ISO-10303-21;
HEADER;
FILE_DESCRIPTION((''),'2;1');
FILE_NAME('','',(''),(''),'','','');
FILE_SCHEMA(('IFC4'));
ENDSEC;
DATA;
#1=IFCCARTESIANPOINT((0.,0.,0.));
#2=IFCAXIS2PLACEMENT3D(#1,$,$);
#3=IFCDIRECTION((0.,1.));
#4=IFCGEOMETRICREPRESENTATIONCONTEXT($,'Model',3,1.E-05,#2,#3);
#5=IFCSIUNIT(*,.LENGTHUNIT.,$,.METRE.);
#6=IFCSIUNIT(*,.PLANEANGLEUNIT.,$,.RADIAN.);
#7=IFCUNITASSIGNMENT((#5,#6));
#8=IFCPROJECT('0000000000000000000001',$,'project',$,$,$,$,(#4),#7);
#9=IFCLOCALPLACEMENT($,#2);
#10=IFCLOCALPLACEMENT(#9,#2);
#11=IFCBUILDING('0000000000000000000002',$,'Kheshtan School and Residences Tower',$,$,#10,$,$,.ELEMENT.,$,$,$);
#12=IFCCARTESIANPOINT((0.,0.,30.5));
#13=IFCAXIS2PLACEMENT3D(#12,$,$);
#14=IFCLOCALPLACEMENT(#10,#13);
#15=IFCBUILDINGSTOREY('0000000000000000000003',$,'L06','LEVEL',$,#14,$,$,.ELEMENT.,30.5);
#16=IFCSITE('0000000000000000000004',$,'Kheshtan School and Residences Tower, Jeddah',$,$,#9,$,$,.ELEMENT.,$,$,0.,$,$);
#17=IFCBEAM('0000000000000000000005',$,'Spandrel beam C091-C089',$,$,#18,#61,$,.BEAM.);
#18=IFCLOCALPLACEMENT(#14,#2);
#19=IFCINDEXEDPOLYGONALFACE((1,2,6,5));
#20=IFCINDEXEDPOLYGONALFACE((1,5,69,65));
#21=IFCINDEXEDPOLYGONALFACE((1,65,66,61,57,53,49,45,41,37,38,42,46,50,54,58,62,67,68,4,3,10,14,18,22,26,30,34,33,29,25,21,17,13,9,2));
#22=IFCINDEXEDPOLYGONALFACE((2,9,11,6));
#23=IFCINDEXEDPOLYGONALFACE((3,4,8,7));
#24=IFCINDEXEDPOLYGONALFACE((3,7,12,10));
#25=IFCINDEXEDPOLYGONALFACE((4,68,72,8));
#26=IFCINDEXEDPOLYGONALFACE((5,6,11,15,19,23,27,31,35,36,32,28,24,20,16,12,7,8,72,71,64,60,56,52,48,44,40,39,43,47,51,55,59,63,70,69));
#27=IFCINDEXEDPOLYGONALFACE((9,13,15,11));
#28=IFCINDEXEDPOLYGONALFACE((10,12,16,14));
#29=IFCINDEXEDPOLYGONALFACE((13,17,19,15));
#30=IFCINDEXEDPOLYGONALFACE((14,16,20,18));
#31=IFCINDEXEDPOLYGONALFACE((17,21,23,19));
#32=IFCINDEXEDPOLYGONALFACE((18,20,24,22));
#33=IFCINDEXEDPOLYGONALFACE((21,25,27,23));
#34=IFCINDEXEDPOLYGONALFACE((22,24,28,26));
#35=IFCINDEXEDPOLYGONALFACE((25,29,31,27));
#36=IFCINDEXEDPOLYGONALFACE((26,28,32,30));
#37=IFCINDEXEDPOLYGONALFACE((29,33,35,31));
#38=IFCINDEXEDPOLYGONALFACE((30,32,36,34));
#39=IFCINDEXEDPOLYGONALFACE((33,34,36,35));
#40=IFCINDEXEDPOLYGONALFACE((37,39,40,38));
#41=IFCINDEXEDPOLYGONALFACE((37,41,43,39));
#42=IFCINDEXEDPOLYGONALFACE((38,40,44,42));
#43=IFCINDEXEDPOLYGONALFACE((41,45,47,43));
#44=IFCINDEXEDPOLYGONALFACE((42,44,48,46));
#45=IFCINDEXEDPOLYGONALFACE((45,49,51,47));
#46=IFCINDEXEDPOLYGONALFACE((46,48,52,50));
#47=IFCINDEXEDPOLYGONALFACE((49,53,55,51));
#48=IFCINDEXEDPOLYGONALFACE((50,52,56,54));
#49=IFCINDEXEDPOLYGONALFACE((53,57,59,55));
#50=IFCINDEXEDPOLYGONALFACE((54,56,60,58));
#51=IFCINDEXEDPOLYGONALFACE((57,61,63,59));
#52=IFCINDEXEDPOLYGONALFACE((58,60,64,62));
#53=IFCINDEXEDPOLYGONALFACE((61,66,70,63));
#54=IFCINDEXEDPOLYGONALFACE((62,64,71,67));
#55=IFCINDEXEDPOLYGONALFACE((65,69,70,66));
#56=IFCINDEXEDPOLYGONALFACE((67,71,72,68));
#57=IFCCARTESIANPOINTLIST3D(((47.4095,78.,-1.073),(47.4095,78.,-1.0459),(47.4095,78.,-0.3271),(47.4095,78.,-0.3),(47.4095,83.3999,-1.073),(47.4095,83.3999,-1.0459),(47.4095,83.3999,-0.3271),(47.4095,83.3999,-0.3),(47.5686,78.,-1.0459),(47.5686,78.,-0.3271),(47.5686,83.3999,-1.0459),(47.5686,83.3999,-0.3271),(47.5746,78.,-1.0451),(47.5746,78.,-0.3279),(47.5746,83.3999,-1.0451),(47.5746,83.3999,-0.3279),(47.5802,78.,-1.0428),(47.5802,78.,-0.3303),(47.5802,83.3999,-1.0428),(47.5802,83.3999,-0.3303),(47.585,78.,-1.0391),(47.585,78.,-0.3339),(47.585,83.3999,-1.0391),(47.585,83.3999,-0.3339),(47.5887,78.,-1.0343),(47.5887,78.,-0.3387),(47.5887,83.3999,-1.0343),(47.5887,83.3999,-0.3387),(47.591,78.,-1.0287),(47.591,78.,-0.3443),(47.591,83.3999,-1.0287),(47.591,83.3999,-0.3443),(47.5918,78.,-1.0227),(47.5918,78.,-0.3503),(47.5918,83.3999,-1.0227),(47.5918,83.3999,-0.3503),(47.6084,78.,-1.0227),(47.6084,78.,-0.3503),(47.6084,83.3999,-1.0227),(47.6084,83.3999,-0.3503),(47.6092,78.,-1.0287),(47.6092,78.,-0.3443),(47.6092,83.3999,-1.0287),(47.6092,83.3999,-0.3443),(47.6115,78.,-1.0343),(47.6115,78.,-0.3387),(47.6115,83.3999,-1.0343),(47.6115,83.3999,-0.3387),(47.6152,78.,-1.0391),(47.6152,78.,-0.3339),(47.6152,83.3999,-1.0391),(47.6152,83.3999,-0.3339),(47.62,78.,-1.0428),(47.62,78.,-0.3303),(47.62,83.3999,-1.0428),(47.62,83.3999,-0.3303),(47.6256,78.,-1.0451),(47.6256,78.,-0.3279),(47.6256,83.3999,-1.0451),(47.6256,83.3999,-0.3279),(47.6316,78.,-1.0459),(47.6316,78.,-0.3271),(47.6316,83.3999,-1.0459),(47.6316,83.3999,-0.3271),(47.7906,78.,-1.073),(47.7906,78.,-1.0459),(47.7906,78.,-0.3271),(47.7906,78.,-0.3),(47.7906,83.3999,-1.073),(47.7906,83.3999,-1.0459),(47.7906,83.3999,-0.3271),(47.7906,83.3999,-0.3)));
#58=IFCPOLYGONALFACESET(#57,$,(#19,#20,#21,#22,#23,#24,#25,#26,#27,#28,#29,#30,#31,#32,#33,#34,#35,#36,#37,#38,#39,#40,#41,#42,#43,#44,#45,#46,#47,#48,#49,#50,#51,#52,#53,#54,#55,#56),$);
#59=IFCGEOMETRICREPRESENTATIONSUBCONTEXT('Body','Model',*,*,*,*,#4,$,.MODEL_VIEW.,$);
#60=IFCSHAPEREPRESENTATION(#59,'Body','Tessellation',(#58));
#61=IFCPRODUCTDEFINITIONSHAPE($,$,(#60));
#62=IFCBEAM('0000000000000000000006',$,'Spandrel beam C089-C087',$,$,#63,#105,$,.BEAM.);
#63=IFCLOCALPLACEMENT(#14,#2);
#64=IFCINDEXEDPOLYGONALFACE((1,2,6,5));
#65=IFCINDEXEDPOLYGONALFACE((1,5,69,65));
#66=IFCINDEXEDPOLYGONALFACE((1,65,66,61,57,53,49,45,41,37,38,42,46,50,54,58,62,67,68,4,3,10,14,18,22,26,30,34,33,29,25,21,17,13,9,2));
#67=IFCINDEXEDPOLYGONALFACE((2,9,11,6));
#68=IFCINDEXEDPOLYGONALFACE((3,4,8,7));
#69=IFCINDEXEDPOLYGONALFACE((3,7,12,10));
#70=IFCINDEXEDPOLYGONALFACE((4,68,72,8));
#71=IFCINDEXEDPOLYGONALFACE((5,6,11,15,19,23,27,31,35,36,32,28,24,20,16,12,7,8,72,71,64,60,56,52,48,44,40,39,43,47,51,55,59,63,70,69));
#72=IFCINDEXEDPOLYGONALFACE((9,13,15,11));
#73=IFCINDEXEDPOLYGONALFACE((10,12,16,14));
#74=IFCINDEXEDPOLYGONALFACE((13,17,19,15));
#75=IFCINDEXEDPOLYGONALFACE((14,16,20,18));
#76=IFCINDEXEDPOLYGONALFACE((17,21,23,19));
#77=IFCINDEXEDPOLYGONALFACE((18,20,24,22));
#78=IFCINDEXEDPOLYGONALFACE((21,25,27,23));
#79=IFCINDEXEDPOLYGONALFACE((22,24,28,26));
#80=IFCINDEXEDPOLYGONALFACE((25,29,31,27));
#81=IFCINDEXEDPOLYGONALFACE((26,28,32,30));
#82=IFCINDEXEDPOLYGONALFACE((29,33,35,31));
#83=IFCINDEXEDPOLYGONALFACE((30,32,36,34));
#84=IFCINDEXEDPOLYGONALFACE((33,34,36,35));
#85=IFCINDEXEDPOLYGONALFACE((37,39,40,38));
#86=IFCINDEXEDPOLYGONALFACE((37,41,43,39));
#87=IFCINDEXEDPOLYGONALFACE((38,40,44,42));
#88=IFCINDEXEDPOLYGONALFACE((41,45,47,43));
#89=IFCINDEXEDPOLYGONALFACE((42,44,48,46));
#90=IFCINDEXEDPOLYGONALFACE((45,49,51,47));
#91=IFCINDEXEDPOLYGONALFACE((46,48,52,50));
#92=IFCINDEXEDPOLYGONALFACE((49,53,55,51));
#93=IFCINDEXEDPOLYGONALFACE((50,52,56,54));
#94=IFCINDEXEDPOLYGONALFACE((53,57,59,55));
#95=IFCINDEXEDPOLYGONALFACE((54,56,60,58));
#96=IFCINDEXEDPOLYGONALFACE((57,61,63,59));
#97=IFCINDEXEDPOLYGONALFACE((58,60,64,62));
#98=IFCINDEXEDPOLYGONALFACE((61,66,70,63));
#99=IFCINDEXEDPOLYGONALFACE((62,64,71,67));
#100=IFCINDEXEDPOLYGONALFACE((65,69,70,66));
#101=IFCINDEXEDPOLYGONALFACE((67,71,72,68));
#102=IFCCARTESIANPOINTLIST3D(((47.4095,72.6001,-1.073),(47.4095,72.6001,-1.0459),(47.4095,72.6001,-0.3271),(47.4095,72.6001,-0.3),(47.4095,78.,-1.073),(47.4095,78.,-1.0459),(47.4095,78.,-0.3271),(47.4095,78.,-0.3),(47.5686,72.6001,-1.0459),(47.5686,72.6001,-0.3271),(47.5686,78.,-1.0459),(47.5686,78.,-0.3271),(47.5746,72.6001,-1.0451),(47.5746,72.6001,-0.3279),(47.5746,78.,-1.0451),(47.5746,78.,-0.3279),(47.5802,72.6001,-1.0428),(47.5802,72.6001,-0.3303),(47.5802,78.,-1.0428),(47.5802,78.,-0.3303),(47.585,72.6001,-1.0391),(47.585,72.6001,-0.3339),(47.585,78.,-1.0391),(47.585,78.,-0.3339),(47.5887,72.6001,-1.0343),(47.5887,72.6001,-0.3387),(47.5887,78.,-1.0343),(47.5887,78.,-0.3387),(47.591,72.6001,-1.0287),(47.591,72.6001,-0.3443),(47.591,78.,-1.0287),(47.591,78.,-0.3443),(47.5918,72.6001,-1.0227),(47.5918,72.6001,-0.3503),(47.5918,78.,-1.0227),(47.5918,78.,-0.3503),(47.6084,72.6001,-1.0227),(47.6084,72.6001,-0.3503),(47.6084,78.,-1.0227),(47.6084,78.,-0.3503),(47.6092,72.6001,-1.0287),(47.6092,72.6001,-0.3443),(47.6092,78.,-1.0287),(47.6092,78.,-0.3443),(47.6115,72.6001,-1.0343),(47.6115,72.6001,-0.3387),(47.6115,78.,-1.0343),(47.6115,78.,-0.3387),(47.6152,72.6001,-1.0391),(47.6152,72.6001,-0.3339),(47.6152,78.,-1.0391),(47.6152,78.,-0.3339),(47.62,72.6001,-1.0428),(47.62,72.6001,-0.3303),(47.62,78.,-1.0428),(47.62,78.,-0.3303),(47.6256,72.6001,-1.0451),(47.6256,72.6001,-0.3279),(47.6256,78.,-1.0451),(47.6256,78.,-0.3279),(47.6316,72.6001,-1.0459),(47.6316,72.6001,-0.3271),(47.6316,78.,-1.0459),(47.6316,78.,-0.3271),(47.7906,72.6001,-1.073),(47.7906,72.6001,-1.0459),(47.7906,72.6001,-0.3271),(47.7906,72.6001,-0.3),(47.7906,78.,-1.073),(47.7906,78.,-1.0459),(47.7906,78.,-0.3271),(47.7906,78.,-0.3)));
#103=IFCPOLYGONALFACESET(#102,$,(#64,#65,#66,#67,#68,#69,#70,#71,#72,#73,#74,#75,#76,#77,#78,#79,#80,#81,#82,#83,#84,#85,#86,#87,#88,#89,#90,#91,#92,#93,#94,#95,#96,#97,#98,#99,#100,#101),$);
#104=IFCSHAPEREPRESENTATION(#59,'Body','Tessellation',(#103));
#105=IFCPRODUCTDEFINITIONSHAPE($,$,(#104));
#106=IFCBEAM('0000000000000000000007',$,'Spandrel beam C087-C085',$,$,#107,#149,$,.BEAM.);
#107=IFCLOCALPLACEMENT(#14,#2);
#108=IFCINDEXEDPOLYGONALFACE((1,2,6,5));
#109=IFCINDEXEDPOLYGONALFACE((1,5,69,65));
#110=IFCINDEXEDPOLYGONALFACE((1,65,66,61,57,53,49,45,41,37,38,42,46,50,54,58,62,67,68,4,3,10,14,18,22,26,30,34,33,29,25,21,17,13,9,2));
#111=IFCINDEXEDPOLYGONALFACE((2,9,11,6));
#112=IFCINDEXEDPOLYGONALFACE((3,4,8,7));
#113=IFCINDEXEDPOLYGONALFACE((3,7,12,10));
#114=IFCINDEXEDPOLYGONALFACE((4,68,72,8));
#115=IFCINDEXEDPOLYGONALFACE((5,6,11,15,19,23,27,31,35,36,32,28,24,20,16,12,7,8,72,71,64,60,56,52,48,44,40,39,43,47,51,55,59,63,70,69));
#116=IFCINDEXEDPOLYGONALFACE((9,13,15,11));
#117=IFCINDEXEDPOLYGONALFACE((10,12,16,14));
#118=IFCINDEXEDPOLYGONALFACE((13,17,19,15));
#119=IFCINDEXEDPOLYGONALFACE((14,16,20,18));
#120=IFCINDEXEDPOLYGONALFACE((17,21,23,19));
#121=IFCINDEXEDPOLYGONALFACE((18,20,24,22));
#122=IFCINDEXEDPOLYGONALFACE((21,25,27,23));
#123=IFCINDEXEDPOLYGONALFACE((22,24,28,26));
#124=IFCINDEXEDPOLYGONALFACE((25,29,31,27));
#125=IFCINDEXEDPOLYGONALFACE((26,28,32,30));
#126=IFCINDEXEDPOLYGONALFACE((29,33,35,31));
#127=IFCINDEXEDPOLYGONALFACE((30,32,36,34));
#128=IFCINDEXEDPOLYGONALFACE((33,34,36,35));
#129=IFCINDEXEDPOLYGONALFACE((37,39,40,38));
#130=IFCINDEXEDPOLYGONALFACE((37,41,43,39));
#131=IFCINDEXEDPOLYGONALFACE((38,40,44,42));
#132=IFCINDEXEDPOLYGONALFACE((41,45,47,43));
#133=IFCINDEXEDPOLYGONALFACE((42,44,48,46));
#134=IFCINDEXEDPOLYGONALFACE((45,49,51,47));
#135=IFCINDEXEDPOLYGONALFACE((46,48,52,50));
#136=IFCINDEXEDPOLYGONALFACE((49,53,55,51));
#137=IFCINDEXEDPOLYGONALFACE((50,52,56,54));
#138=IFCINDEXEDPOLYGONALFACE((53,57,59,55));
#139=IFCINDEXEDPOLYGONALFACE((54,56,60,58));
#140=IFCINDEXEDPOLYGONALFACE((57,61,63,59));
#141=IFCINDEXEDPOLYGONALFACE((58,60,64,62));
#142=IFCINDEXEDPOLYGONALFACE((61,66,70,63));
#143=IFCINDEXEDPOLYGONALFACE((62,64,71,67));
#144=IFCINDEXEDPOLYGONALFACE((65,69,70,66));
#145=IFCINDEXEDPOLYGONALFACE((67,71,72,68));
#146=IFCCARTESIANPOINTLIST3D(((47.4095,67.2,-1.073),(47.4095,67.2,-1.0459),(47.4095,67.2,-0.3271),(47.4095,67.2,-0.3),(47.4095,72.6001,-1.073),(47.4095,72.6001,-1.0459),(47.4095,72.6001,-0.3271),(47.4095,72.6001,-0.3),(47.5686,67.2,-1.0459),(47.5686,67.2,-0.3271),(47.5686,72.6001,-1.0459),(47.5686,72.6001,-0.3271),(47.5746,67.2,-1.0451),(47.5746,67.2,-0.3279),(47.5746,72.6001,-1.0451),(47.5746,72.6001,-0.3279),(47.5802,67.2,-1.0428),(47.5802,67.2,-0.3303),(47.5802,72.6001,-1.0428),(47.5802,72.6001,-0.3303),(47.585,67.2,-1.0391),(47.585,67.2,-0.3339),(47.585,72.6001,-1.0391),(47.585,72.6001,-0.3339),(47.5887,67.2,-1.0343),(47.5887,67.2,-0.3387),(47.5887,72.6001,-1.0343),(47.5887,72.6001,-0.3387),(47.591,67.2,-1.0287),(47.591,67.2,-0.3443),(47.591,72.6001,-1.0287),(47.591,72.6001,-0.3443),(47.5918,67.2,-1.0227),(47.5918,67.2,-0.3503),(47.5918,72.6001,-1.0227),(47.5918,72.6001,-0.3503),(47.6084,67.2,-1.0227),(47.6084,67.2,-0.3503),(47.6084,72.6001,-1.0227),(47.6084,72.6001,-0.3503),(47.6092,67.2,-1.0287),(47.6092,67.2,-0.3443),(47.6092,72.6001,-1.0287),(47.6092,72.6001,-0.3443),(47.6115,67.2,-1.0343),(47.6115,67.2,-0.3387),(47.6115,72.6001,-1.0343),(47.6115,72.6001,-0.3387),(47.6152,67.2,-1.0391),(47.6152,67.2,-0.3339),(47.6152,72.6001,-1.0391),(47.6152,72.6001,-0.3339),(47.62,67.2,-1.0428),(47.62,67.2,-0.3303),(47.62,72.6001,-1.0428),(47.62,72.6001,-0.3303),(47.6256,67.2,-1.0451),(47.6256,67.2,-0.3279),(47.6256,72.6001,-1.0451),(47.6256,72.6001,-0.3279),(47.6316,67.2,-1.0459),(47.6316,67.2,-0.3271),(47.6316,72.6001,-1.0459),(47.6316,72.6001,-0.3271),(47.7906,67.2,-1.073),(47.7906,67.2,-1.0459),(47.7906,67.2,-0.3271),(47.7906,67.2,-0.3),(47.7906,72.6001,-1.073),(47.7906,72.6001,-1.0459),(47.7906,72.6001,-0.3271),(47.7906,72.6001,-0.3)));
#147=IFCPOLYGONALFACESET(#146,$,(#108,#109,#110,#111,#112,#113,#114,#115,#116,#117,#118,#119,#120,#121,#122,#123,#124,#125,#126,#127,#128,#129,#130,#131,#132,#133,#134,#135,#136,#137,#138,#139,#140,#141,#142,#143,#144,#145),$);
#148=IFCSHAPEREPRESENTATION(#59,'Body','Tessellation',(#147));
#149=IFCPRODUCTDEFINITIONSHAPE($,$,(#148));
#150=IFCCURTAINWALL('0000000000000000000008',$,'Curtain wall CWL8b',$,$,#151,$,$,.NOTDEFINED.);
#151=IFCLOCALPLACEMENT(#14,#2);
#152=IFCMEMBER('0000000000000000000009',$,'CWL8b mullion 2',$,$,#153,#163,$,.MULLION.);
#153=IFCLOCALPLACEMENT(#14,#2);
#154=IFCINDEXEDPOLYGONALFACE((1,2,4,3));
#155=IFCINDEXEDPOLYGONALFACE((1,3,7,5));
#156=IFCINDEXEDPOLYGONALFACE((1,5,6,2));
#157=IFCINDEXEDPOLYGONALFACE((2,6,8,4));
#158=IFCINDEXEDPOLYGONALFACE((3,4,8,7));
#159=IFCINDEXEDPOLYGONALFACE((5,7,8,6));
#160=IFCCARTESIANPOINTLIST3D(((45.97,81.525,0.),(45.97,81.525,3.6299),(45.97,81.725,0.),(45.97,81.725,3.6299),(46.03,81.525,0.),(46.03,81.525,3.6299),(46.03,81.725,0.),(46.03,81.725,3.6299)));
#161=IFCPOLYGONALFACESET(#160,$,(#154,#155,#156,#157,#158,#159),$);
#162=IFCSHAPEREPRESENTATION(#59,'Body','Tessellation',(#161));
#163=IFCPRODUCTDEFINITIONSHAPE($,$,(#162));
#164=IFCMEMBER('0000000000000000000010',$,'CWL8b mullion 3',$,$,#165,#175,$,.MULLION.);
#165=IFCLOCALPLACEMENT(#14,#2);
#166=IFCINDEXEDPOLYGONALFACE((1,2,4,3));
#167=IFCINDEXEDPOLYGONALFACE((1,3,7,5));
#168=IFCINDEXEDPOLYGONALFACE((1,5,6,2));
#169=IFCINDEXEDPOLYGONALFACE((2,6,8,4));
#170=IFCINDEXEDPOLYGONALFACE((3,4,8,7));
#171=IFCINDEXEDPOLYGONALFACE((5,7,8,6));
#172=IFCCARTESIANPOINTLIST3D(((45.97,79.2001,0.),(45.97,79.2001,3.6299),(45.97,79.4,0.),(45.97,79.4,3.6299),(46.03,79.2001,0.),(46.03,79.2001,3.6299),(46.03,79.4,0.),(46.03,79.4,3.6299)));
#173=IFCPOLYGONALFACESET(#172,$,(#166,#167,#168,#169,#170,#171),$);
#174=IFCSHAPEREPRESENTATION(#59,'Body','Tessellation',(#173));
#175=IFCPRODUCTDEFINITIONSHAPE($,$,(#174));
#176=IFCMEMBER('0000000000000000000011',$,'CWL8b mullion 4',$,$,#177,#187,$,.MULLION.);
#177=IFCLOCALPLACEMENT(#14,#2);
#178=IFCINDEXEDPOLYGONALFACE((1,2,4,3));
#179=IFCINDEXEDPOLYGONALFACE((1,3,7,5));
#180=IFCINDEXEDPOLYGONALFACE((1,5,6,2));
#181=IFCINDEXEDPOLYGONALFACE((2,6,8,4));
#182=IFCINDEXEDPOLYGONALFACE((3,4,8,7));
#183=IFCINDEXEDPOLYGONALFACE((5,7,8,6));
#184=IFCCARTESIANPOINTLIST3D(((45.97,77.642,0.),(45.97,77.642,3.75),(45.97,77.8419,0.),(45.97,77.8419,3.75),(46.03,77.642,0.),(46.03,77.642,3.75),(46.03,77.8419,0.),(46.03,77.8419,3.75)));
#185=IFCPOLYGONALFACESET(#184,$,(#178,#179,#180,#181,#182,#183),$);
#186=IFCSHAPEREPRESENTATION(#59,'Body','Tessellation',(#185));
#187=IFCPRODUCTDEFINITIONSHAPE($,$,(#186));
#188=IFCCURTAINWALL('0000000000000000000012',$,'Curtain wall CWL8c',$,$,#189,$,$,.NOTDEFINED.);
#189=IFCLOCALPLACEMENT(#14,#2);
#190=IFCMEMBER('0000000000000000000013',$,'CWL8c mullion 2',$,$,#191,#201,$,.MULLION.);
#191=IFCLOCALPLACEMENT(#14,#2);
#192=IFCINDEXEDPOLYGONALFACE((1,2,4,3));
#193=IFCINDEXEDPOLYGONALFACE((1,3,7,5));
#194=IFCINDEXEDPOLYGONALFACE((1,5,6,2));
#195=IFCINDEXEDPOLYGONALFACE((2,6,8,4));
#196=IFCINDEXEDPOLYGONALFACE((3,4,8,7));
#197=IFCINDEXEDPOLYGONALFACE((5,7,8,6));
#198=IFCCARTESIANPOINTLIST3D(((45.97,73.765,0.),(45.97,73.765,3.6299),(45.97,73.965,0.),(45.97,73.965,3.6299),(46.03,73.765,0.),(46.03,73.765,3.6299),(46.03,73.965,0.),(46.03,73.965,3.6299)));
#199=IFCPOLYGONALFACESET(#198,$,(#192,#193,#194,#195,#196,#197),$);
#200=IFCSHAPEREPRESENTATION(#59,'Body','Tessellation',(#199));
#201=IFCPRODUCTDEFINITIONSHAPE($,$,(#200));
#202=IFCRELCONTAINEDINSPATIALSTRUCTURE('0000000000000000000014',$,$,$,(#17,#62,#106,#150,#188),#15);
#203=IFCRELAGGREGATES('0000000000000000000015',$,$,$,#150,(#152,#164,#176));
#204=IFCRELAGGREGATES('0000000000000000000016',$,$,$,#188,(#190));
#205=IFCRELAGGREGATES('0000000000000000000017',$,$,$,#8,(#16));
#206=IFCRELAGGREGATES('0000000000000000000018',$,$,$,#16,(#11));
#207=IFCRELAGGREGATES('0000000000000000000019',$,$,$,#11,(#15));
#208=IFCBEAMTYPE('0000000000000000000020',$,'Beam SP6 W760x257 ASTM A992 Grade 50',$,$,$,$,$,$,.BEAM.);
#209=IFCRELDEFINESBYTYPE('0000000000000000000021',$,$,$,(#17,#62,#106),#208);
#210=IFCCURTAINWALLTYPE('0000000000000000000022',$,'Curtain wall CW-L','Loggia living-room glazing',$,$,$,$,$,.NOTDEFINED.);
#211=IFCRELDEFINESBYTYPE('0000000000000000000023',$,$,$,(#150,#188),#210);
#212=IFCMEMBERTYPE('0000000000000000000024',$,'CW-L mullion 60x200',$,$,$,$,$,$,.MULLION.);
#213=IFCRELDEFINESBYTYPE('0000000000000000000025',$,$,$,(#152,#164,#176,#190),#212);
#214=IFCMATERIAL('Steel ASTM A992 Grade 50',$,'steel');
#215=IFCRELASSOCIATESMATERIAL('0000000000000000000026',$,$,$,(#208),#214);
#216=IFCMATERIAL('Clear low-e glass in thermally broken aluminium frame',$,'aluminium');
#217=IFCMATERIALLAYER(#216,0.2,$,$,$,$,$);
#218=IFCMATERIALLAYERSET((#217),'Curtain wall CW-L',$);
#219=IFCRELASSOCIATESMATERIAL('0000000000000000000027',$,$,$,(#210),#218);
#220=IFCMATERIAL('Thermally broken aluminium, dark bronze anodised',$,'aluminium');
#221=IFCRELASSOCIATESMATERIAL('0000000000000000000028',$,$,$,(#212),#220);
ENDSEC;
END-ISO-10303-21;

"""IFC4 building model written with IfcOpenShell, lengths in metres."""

from ifc_helpers import new_model, si_unit, direction, frame, origin, origin_2d, place, context, subcontext, project, spatial, rectangle, i_section, extrude, material, layer, layer_set, material_profile, profile_set, type_object, element, aggregate, save


model = new_model("IFC4")

# Units and contexts
model_context = context("Model", 3, precision=1e-05, world=origin(), true_north=direction((0.0, 1.0)))
body_context = subcontext(model_context, "Body", "Model", "MODEL_VIEW")
ifc_project = project(units=[si_unit("LENGTHUNIT", "METRE"), si_unit("PLANEANGLEUNIT", "RADIAN")], contexts=[model_context])

# Site, building, storey
site_placement = place(None, origin())
site = spatial("IfcSite", under=ifc_project, at=site_placement, Name="Kheshtan School and Residences Tower, Jeddah", CompositionType="ELEMENT", RefElevation=0.0)
building_placement = place(site_placement, origin())
building = spatial("IfcBuilding", under=site, at=building_placement, Name="Kheshtan School and Residences Tower", CompositionType="ELEMENT")
storey_placement = place(building_placement, frame((0.0, 0.0, 30.5)))
storey = spatial("IfcBuildingStorey", under=building, at=storey_placement, Name="L06", Description="LEVEL", CompositionType="ELEMENT", Elevation=30.5)

# Shared definitions
ifc_material_1 = material(Name="Steel ASTM A992 Grade 50", Category="steel")

# Beams
ifc_material_profile_1 = material_profile(ifc_material_1, i_section(OverallWidth=0.3811, OverallDepth=0.7729, WebThickness=0.0166, FlangeThickness=0.0271, FilletRadius=0.0232, at=origin_2d()), Name="W760x257")
ifc_profile_set_1 = profile_set([ifc_material_profile_1], Name="Steel ASTM A992 Grade 50")
beam_type_1 = type_object("IfcBeamType", Name="Beam SP6 W760x257 ASTM A992 Grade 50", PredefinedType="BEAM", material=ifc_profile_set_1)
for number, where, z_axis, x_axis, name in (
    (1, (47.6001, 83.3999, -0.6865), (0.0, -1.0, 0.0), (1.0, 0.0, 0.0), "Spandrel beam C091-C089"),
    (2, (47.6001, 78.0, -0.6865), (0.0, -1.0, 0.0), (1.0, 0.0, 0.0), "Spandrel beam C089-C087"),
):
    element("IfcBeam", number, at=place(storey_placement, frame(where, z_axis=z_axis, x_axis=x_axis)), inside=storey, type_object=beam_type_1, Name=name, PredefinedType="BEAM", context=body_context, shape_type="SweptSolid", body=[
        extrude(i_section(OverallWidth=0.3811, OverallDepth=0.7729, WebThickness=0.0166, FlangeThickness=0.0271, FilletRadius=0.0232, at=origin_2d()), origin(), (0.0, 0.0, 1.0), 5.3999),
    ])
beam_1_placement = place(storey_placement, frame((47.6001, 72.6001, -0.6865), z_axis=(0.0, -1.0, 0.0), x_axis=(1.0, 0.0, 0.0)))
element("IfcBeam", 3, at=beam_1_placement, inside=storey, type_object=beam_type_1, Name="Spandrel beam C087-C085", PredefinedType="BEAM", context=body_context, shape_type="SweptSolid", body=[
    extrude(i_section(OverallWidth=0.3811, OverallDepth=0.7729, WebThickness=0.0166, FlangeThickness=0.0271, FilletRadius=0.0232, at=origin_2d()), origin(), (0.0, 0.0, 1.0), 5.4001),
])

# Curtain walls, members
ifc_material_2 = material(Name="Clear low-e glass in thermally broken aluminium frame", Category="aluminium")
ifc_layer_1 = layer(ifc_material_2, 0.2)
ifc_layer_set_1 = layer_set([ifc_layer_1], Name="Curtain wall CW-L")
curtain_wall_type = type_object("IfcCurtainWallType", Name="Curtain wall CW-L", Description="Loggia living-room glazing", PredefinedType="NOTDEFINED", material=ifc_layer_set_1)
curtain_wall_1_placement = place(storey_placement, origin())
curtain_wall_1 = element("IfcCurtainWall", 4, at=curtain_wall_1_placement, inside=storey, type_object=curtain_wall_type, Name="Curtain wall CWL8b", PredefinedType="NOTDEFINED")
ifc_material_3 = material(Name="Thermally broken aluminium, dark bronze anodised", Category="aluminium")
ifc_material_profile_2 = material_profile(ifc_material_3, rectangle(XDim=0.0601, YDim=0.2, at=origin_2d()), Name="CW-L mullion 60x200")
ifc_profile_set_2 = profile_set([ifc_material_profile_2], Name="Thermally broken aluminium, dark bronze anodised")
member_type_1 = type_object("IfcMemberType", Name="CW-L mullion 60x200", PredefinedType="MULLION", material=ifc_profile_set_2)
member_1_placement = place(storey_placement, frame((46.0, 81.625, 0.0), z_axis=(0.0, 0.0, 1.0), x_axis=(1.0, 0.0, 0.0)))
member_1 = element("IfcMember", 5, at=member_1_placement, type_object=member_type_1, Name="CWL8b mullion 2", PredefinedType="MULLION", context=body_context, shape_type="SweptSolid", body=[
    extrude(rectangle(XDim=0.0601, YDim=0.2, at=origin_2d()), origin(), (0.0, 0.0, 1.0), 3.6299),
])
member_2_placement = place(storey_placement, frame((46.0, 79.3, 0.0), z_axis=(0.0, 0.0, 1.0), x_axis=(1.0, 0.0, 0.0)))
member_2 = element("IfcMember", 6, at=member_2_placement, type_object=member_type_1, Name="CWL8b mullion 3", PredefinedType="MULLION", context=body_context, shape_type="SweptSolid", body=[
    extrude(rectangle(XDim=0.0601, YDim=0.2, at=origin_2d()), origin(), (0.0, 0.0, 1.0), 3.6299),
])
member_3_placement = place(storey_placement, frame((46.0, 77.7419, 0.0), z_axis=(0.0, 0.0, 1.0), x_axis=(1.0, 0.0, 0.0)))
member_3 = element("IfcMember", 7, at=member_3_placement, type_object=member_type_1, Name="CWL8b mullion 4", PredefinedType="MULLION", context=body_context, shape_type="SweptSolid", body=[
    extrude(rectangle(XDim=0.0601, YDim=0.2, at=origin_2d()), origin(), (0.0, 0.0, 1.0), 3.75),
])
curtain_wall_2_placement = place(storey_placement, origin())
curtain_wall_2 = element("IfcCurtainWall", 8, at=curtain_wall_2_placement, inside=storey, type_object=curtain_wall_type, Name="Curtain wall CWL8c", PredefinedType="NOTDEFINED")
member_4_placement = place(storey_placement, frame((46.0, 73.865, 0.0), z_axis=(0.0, 0.0, 1.0), x_axis=(1.0, 0.0, 0.0)))
member_4 = element("IfcMember", 9, at=member_4_placement, type_object=member_type_1, Name="CWL8c mullion 2", PredefinedType="MULLION", context=body_context, shape_type="SweptSolid", body=[
    extrude(rectangle(XDim=0.0601, YDim=0.2, at=origin_2d()), origin(), (0.0, 0.0, 1.0), 3.6299),
])

aggregate(curtain_wall_1, [member_1, member_2, member_3])
aggregate(curtain_wall_2, [member_4])

save(model, "model.ifc")
